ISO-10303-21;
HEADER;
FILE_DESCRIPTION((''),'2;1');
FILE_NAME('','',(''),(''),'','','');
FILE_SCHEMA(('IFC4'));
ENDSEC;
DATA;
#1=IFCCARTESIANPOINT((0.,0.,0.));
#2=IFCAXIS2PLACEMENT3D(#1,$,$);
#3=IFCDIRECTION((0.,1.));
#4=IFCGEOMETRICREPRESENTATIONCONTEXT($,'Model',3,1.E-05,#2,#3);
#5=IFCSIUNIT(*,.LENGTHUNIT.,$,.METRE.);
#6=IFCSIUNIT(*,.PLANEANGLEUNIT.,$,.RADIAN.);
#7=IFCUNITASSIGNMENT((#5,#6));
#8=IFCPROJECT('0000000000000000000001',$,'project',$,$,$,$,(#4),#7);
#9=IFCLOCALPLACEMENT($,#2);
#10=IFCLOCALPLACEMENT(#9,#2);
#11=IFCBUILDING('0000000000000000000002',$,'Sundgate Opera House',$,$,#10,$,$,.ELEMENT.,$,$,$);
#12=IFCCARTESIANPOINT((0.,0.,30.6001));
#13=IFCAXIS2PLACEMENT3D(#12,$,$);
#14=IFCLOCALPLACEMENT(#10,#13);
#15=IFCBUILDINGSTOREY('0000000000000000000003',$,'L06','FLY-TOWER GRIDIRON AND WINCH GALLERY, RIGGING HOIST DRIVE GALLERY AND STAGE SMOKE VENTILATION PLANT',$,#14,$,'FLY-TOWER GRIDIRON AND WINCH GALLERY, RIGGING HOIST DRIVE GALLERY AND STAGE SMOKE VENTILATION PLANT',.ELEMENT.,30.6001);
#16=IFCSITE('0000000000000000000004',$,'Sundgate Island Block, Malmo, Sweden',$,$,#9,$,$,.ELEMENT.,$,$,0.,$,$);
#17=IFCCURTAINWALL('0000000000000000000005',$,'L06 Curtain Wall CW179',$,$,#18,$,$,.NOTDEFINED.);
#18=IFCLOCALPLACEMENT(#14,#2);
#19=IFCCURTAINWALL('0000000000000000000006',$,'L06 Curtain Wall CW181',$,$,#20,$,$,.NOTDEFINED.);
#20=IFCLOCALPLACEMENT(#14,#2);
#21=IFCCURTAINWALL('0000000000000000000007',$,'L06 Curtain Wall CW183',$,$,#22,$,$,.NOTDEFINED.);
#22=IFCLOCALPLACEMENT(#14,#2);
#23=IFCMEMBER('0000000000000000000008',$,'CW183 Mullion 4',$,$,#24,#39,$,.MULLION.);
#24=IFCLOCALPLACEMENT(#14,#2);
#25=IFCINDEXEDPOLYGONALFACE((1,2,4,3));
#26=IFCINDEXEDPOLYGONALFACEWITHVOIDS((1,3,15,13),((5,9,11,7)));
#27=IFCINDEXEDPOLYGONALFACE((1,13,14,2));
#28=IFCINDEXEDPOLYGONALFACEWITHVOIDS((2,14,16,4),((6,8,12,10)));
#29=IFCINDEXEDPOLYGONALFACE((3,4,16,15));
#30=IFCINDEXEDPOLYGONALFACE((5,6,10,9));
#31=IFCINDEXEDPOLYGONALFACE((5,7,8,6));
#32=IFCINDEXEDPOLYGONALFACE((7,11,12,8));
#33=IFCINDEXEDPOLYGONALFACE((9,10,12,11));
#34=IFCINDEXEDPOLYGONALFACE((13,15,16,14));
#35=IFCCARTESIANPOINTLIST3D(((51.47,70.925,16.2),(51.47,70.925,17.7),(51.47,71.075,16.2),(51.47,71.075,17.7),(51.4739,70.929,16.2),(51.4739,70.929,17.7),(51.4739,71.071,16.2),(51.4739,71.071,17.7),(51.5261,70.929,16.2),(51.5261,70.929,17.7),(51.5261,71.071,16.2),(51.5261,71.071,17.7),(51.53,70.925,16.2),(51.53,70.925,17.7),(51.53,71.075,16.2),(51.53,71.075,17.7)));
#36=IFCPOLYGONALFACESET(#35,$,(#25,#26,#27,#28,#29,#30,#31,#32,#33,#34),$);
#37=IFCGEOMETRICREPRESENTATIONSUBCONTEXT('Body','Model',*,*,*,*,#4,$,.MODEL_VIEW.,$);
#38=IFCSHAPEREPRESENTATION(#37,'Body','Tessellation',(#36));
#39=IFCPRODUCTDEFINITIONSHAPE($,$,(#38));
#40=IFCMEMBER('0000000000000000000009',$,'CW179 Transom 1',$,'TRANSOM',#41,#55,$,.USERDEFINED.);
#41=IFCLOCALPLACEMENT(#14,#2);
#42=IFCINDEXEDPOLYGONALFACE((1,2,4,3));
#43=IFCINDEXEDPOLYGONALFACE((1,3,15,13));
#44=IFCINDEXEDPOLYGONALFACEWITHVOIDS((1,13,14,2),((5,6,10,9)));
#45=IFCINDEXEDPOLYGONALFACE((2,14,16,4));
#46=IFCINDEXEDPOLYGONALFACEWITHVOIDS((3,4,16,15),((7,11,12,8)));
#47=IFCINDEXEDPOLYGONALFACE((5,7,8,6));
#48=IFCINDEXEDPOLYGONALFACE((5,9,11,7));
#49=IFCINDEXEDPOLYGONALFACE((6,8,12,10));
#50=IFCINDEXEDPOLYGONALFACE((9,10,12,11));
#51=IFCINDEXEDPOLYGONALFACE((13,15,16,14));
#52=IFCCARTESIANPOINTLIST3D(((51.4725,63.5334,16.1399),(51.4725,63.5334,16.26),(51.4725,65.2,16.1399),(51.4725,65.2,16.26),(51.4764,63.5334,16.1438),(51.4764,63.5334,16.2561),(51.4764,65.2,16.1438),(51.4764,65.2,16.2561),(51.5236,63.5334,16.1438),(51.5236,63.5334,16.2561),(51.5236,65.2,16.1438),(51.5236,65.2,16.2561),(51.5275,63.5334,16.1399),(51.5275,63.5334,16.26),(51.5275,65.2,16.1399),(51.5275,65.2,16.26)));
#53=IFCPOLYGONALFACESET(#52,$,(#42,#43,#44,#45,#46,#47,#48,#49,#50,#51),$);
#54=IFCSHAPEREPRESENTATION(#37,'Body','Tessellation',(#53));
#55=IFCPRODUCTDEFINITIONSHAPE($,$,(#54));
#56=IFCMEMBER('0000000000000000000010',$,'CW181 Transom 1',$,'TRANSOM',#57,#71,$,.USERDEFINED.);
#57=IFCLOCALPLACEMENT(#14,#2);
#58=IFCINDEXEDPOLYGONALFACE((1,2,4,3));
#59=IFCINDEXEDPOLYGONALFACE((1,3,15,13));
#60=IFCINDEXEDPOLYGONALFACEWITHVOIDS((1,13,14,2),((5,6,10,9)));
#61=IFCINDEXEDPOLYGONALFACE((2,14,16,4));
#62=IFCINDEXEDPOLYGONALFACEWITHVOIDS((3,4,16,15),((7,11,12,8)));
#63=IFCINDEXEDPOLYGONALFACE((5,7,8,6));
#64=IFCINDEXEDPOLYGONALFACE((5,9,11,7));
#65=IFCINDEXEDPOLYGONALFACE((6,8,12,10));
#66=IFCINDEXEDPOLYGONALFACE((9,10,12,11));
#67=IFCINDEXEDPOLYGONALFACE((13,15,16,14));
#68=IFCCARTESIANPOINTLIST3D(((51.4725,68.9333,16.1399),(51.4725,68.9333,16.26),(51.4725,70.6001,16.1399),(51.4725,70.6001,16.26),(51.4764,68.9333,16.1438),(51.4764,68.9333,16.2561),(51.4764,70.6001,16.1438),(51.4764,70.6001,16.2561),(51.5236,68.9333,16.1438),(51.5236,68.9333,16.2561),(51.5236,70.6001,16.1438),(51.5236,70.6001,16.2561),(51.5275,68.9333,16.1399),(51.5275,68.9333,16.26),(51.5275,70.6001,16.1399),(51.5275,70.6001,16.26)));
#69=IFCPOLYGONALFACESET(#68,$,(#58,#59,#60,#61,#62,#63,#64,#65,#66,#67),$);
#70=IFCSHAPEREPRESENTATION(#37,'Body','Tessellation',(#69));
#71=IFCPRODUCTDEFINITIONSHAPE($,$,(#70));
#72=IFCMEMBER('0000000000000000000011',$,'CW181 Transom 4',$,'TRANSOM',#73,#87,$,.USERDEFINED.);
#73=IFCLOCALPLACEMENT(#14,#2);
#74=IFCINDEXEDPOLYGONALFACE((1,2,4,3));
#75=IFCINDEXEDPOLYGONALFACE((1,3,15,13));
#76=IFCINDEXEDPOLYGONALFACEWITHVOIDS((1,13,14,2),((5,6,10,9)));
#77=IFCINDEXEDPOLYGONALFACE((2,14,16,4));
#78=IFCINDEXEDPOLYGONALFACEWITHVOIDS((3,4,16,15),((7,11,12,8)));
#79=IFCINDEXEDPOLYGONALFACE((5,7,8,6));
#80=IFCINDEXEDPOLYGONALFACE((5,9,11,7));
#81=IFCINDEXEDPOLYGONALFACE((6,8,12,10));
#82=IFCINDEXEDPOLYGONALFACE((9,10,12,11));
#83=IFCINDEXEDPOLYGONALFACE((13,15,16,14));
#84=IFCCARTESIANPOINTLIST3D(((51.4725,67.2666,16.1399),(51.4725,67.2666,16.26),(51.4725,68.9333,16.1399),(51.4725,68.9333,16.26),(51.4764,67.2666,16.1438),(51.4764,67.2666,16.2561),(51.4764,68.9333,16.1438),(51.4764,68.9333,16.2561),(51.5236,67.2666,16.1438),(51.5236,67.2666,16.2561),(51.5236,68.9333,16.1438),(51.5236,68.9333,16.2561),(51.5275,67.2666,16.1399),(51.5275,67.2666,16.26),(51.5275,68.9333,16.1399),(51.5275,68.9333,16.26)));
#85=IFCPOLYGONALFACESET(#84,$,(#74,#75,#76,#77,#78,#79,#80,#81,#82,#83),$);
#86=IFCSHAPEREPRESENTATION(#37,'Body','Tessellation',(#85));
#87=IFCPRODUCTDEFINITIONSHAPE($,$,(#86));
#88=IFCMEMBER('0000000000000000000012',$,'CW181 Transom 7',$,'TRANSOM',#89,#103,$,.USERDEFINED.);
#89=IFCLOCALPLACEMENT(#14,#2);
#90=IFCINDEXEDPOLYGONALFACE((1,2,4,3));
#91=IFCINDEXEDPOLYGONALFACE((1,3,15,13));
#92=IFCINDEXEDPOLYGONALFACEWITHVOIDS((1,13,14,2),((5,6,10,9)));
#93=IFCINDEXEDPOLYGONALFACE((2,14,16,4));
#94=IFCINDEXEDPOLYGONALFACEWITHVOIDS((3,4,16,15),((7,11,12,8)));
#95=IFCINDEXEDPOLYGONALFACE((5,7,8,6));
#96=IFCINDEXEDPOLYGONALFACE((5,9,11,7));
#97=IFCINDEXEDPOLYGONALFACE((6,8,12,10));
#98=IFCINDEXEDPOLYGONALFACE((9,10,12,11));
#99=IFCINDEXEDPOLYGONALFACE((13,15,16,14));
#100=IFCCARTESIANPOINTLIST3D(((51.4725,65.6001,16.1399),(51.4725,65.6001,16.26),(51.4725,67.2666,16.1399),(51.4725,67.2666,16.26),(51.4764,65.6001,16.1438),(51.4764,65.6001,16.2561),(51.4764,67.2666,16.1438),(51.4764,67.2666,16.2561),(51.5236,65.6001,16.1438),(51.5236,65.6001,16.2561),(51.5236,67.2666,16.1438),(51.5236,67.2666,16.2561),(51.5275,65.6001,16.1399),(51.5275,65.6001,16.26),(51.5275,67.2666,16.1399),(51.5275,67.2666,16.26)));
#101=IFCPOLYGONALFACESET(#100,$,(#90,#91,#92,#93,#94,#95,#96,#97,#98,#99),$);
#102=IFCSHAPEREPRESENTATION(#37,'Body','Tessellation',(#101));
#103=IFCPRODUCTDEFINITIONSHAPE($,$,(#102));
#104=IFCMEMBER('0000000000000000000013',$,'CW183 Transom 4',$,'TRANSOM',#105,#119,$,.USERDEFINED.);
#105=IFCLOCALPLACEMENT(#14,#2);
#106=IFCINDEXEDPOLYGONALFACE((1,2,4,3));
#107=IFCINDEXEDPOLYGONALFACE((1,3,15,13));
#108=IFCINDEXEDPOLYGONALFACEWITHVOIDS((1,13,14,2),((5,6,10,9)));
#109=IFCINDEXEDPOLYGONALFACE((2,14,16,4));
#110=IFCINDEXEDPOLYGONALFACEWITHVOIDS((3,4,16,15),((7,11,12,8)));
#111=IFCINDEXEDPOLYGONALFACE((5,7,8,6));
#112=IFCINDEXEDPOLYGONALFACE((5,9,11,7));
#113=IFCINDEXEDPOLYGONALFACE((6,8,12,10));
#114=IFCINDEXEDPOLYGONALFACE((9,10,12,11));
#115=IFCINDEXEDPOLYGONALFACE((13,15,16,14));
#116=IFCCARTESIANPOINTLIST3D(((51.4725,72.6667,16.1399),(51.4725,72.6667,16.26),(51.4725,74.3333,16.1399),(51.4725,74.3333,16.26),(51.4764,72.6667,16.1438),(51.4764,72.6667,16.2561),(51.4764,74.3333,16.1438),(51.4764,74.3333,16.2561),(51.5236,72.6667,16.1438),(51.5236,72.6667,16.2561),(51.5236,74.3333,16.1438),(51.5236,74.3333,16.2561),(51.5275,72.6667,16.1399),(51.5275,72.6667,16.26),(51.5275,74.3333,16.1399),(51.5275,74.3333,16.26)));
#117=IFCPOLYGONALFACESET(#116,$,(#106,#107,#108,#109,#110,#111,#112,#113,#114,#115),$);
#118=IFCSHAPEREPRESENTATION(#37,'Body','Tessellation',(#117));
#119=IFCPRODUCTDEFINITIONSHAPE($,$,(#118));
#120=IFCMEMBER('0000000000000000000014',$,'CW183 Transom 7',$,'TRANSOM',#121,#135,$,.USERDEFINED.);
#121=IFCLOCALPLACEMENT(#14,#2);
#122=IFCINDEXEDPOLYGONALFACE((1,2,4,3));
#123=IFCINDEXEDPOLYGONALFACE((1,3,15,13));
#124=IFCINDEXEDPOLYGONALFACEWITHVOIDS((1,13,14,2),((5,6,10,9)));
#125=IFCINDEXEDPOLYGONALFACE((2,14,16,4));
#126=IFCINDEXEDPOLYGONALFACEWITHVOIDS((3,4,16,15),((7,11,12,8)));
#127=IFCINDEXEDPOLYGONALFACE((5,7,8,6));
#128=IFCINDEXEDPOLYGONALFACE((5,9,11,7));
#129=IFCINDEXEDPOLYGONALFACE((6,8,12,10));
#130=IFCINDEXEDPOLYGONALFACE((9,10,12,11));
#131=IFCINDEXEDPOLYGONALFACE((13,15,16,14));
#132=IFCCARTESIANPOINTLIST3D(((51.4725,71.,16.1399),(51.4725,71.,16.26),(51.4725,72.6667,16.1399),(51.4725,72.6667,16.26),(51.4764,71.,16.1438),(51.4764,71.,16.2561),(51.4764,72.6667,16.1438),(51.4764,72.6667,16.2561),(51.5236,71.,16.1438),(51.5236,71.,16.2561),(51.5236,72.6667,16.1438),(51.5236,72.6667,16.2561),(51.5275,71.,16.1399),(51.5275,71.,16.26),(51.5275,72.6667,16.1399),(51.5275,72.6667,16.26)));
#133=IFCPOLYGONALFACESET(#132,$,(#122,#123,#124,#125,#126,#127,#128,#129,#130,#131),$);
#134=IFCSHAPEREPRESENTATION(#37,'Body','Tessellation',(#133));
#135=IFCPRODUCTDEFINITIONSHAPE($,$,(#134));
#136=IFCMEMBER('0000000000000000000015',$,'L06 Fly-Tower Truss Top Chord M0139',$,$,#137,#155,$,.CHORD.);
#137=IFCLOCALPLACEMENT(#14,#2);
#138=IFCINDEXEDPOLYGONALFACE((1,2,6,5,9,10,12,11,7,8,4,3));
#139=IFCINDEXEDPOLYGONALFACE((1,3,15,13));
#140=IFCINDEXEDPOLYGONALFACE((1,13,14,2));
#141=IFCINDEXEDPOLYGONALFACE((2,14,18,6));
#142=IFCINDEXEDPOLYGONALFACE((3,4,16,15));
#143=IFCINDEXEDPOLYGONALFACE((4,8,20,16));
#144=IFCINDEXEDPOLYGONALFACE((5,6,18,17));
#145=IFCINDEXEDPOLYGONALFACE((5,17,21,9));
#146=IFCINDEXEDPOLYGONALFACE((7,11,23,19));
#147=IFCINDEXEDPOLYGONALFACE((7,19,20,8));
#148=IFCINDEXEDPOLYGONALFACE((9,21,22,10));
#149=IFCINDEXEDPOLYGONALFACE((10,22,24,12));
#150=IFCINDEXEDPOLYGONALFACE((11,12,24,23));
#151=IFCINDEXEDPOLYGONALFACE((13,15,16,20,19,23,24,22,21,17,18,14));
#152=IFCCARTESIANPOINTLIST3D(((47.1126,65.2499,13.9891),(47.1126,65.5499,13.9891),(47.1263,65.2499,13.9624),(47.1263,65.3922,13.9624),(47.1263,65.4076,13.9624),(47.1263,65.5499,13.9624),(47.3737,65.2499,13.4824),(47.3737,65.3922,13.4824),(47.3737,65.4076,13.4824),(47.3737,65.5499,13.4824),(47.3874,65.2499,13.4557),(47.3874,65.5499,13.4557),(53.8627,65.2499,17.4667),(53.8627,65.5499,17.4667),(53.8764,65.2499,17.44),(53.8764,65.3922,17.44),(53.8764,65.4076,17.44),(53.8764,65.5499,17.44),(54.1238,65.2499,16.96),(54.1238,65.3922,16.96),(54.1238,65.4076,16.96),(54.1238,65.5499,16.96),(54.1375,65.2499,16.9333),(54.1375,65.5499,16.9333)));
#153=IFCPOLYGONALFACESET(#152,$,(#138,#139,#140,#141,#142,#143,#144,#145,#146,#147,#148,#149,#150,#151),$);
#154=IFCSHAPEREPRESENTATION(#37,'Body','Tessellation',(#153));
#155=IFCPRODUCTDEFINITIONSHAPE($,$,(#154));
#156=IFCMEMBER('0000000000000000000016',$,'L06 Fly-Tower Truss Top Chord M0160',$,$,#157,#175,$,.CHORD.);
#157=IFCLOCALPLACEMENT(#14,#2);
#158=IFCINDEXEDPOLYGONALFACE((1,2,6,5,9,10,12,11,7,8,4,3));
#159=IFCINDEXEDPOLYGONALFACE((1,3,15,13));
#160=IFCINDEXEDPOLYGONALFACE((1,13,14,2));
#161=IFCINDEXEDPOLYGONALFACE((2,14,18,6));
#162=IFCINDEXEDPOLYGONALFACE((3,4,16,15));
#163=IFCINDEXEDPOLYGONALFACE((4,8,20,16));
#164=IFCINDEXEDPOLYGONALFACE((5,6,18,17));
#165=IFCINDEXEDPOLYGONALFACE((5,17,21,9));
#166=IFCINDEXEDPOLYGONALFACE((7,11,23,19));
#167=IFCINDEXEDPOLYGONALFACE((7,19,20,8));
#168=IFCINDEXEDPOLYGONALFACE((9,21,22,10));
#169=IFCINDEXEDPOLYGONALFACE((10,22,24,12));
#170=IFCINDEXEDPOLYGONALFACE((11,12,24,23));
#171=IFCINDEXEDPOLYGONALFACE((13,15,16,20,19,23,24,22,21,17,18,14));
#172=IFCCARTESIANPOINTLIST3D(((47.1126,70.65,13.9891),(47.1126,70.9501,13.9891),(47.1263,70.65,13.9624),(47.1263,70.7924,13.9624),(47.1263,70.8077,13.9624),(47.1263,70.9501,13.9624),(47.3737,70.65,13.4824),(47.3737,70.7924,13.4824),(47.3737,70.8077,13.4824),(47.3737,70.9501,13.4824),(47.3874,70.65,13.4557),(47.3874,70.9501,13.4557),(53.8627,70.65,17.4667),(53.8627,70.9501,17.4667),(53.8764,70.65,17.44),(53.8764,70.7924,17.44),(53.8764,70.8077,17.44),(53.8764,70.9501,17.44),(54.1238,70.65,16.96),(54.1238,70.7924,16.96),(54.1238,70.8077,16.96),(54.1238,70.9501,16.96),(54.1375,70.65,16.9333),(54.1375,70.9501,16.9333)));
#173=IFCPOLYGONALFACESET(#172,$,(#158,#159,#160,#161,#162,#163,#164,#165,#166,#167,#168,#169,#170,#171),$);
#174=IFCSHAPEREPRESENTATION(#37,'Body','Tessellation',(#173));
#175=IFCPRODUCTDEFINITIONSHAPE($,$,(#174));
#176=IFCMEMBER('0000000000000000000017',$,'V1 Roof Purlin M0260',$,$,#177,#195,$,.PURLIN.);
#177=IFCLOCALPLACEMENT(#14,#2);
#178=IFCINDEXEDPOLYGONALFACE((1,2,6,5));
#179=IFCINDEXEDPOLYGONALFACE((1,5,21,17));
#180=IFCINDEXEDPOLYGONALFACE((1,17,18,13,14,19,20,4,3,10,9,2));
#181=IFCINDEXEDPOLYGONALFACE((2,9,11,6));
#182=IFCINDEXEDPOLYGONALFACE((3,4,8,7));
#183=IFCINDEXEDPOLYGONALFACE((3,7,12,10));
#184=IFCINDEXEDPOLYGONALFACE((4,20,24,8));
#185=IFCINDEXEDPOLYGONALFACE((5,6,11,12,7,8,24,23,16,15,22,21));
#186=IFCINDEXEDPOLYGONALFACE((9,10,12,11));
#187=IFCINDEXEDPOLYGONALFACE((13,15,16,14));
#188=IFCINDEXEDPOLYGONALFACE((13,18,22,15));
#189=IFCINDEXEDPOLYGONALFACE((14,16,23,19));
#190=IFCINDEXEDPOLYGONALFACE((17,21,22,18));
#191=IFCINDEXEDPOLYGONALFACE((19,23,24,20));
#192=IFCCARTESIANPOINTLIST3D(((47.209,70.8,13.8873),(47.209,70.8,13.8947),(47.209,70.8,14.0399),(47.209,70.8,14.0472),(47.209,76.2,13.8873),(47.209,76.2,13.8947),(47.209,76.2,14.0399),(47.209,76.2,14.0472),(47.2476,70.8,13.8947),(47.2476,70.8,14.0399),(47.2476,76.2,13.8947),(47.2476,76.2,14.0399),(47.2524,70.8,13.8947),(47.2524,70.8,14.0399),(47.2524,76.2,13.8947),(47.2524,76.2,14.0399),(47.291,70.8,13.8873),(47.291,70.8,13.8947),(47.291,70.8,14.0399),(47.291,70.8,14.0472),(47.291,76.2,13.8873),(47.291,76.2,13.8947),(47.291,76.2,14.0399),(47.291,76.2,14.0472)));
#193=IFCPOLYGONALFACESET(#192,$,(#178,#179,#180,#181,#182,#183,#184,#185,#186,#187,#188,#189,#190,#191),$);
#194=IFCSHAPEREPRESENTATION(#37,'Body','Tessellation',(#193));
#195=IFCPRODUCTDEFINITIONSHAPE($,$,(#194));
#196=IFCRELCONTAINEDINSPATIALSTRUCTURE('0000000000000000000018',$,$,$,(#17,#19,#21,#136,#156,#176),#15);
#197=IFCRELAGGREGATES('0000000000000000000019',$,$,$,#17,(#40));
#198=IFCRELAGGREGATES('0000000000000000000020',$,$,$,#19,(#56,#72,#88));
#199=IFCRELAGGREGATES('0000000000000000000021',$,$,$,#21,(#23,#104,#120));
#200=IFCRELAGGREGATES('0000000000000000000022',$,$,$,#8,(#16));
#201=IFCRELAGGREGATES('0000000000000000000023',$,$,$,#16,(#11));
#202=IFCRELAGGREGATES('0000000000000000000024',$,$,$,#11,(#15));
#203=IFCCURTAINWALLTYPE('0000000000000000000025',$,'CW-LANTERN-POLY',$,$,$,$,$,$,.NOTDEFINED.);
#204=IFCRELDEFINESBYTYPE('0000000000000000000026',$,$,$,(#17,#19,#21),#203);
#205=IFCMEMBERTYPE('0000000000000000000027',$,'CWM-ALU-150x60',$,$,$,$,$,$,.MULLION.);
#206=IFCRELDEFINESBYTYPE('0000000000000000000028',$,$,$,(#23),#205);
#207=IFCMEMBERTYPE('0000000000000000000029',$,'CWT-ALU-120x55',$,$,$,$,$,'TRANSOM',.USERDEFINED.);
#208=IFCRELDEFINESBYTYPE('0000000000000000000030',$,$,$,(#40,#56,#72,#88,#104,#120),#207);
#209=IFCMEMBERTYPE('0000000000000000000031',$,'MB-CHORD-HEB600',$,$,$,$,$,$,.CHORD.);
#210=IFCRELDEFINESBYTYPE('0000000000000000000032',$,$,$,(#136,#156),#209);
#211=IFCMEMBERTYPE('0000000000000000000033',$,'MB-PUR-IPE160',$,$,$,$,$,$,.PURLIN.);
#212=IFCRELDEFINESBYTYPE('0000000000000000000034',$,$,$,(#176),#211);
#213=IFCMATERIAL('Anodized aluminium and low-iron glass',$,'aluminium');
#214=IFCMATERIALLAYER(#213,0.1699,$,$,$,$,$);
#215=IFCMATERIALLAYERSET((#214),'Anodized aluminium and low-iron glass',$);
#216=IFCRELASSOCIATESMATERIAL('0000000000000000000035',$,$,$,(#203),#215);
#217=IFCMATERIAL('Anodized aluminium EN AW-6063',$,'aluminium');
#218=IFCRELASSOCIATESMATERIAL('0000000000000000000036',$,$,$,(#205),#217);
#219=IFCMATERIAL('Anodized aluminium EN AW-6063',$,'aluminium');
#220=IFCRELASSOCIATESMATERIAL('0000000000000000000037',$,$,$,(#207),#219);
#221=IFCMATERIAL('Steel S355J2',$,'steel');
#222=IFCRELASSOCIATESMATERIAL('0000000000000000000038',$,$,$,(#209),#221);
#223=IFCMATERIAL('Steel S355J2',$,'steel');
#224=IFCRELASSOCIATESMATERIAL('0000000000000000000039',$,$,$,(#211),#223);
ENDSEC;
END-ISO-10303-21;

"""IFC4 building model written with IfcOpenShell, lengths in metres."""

from ifc_helpers import new_model, si_unit, direction, frame, origin, origin_2d, place, context, subcontext, project, spatial, hollow_rectangle, i_section, extrude, material, layer, layer_set, material_profile, profile_set, type_object, element, aggregate, save


model = new_model("IFC4")

# Units and contexts
model_context = context("Model", 3, precision=1e-05, world=origin(), true_north=direction((0.0, 1.0)))
body_context = subcontext(model_context, "Body", "Model", "MODEL_VIEW")
ifc_project = project(units=[si_unit("LENGTHUNIT", "METRE"), si_unit("PLANEANGLEUNIT", "RADIAN")], contexts=[model_context])

# Site, building, storey
site_placement = place(None, origin())
site = spatial("IfcSite", under=ifc_project, at=site_placement, Name="Sundgate Island Block, Malmo, Sweden", CompositionType="ELEMENT", RefElevation=0.0)
building_placement = place(site_placement, origin())
building = spatial("IfcBuilding", under=site, at=building_placement, Name="Sundgate Opera House", CompositionType="ELEMENT")
storey_placement = place(building_placement, frame((0.0, 0.0, 30.6001)))
storey = spatial("IfcBuildingStorey", under=building, at=storey_placement, Name="L06", Description="FLY-TOWER GRIDIRON AND WINCH GALLERY, RIGGING HOIST DRIVE GALLERY AND STAGE SMOKE VENTILATION PLANT", LongName="FLY-TOWER GRIDIRON AND WINCH GALLERY, RIGGING HOIST DRIVE GALLERY AND STAGE SMOKE VENTILATION PLANT", CompositionType="ELEMENT", Elevation=30.6001)

# Curtain wall
ifc_material_1 = material(Name="Anodized aluminium and low-iron glass", Category="aluminium")
ifc_layer_1 = layer(ifc_material_1, 0.1699)
ifc_layer_set_1 = layer_set([ifc_layer_1], Name="Anodized aluminium and low-iron glass")
curtain_wall_type = type_object("IfcCurtainWallType", Name="CW-LANTERN-POLY", PredefinedType="NOTDEFINED", material=ifc_layer_set_1)
curtain_wall_1_placement = place(storey_placement, origin())
curtain_wall_1 = element("IfcCurtainWall", 1, at=curtain_wall_1_placement, inside=storey, type_object=curtain_wall_type, Name="L06 Curtain Wall CW179", PredefinedType="NOTDEFINED")
ifc_material_2 = material(Name="Anodized aluminium EN AW-6063", Category="aluminium")
ifc_material_profile_1 = material_profile(ifc_material_2, hollow_rectangle(XDim=0.0601, YDim=0.1499, WallThickness=0.0039, at=origin_2d()), Name="CWM 150x60x4")
ifc_profile_set_1 = profile_set([ifc_material_profile_1], Name="Anodized aluminium EN AW-6063")
member_type_1 = type_object("IfcMemberType", Name="CWM-ALU-150x60", PredefinedType="MULLION", material=ifc_profile_set_1)

# Curtain walls, member
curtain_wall_2_placement = place(storey_placement, origin())
curtain_wall_2 = element("IfcCurtainWall", 2, at=curtain_wall_2_placement, inside=storey, type_object=curtain_wall_type, Name="L06 Curtain Wall CW181", PredefinedType="NOTDEFINED")
curtain_wall_3_placement = place(storey_placement, origin())
curtain_wall_3 = element("IfcCurtainWall", 3, at=curtain_wall_3_placement, inside=storey, type_object=curtain_wall_type, Name="L06 Curtain Wall CW183", PredefinedType="NOTDEFINED")
member_1_placement = place(storey_placement, frame((51.5, 71.0, 16.2), z_axis=(0.0, 0.0, 1.0), x_axis=(1.0, 0.0, 0.0)))
member_1 = element("IfcMember", 4, at=member_1_placement, type_object=member_type_1, Name="CW183 Mullion 4", PredefinedType="MULLION", context=body_context, shape_type="SweptSolid", body=[
    extrude(hollow_rectangle(XDim=0.0601, YDim=0.1499, WallThickness=0.0039, at=origin_2d()), origin(), (0.0, 0.0, 1.0), 1.5),
])

# Members
ifc_material_3 = material(Name="Anodized aluminium EN AW-6063", Category="aluminium")
ifc_material_profile_2 = material_profile(ifc_material_3, hollow_rectangle(XDim=0.0549, YDim=0.1201, WallThickness=0.0039, at=origin_2d()), Name="CWT 120x55x4")
ifc_profile_set_2 = profile_set([ifc_material_profile_2], Name="Anodized aluminium EN AW-6063")
member_type_2 = type_object("IfcMemberType", Name="CWT-ALU-120x55", ElementType="TRANSOM", PredefinedType="USERDEFINED", material=ifc_profile_set_2)
member_2_placement = place(storey_placement, frame((51.5, 65.2, 16.2), z_axis=(0.0, -1.0, 0.0), x_axis=(1.0, 0.0, 0.0)))
member_2 = element("IfcMember", 5, at=member_2_placement, type_object=member_type_2, Name="CW179 Transom 1", ObjectType="TRANSOM", PredefinedType="USERDEFINED", context=body_context, shape_type="SweptSolid", body=[
    extrude(hollow_rectangle(XDim=0.0549, YDim=0.1201, WallThickness=0.0039, at=origin_2d()), origin(), (0.0, 0.0, 1.0), 1.6665),
])
aggregate(curtain_wall_1, [member_2])
member_3_placement = place(storey_placement, frame((51.5, 70.6001, 16.2), z_axis=(0.0, -1.0, 0.0), x_axis=(1.0, 0.0, 0.0)))
member_3 = element("IfcMember", 6, at=member_3_placement, type_object=member_type_2, Name="CW181 Transom 1", ObjectType="TRANSOM", PredefinedType="USERDEFINED", context=body_context, shape_type="SweptSolid", body=[
    extrude(hollow_rectangle(XDim=0.0549, YDim=0.1201, WallThickness=0.0039, at=origin_2d()), origin(), (0.0, 0.0, 1.0), 1.6667),
])
member_4_placement = place(storey_placement, frame((51.5, 68.9333, 16.2), z_axis=(0.0, -1.0, 0.0), x_axis=(1.0, 0.0, 0.0)))
member_4 = element("IfcMember", 7, at=member_4_placement, type_object=member_type_2, Name="CW181 Transom 4", ObjectType="TRANSOM", PredefinedType="USERDEFINED", context=body_context, shape_type="SweptSolid", body=[
    extrude(hollow_rectangle(XDim=0.0549, YDim=0.1201, WallThickness=0.0039, at=origin_2d()), origin(), (0.0, 0.0, 1.0), 1.6667),
])
member_5_placement = place(storey_placement, frame((51.5, 67.2666, 16.2), z_axis=(0.0, -1.0, 0.0), x_axis=(1.0, 0.0, 0.0)))
member_5 = element("IfcMember", 8, at=member_5_placement, type_object=member_type_2, Name="CW181 Transom 7", ObjectType="TRANSOM", PredefinedType="USERDEFINED", context=body_context, shape_type="SweptSolid", body=[
    extrude(hollow_rectangle(XDim=0.0549, YDim=0.1201, WallThickness=0.0039, at=origin_2d()), origin(), (0.0, 0.0, 1.0), 1.6665),
])
aggregate(curtain_wall_2, [member_3, member_4, member_5])
member_6_placement = place(storey_placement, frame((51.5, 74.3333, 16.2), z_axis=(0.0, -1.0, 0.0), x_axis=(1.0, 0.0, 0.0)))
member_6 = element("IfcMember", 9, at=member_6_placement, type_object=member_type_2, Name="CW183 Transom 4", ObjectType="TRANSOM", PredefinedType="USERDEFINED", context=body_context, shape_type="SweptSolid", body=[
    extrude(hollow_rectangle(XDim=0.0549, YDim=0.1201, WallThickness=0.0039, at=origin_2d()), origin(), (0.0, 0.0, 1.0), 1.6665),
])
member_7_placement = place(storey_placement, frame((51.5, 72.6667, 16.2), z_axis=(0.0, -1.0, 0.0), x_axis=(1.0, 0.0, 0.0)))
member_7 = element("IfcMember", 10, at=member_7_placement, type_object=member_type_2, Name="CW183 Transom 7", ObjectType="TRANSOM", PredefinedType="USERDEFINED", context=body_context, shape_type="SweptSolid", body=[
    extrude(hollow_rectangle(XDim=0.0549, YDim=0.1201, WallThickness=0.0039, at=origin_2d()), origin(), (0.0, 0.0, 1.0), 1.6667),
])
aggregate(curtain_wall_3, [member_1, member_6, member_7])

# Members
ifc_material_4 = material(Name="Steel S355J2", Category="steel")
ifc_material_profile_3 = material_profile(ifc_material_4, i_section(OverallWidth=0.3, OverallDepth=0.6001, WebThickness=0.0154, FlangeThickness=0.03, at=origin_2d()), Name="HEB 600")
ifc_profile_set_3 = profile_set([ifc_material_profile_3], Name="Steel S355J2")
member_type_3 = type_object("IfcMemberType", Name="MB-CHORD-HEB600", PredefinedType="CHORD", material=ifc_profile_set_3)
for number, where, z_axis, x_axis, name in (
    (11, (47.25, 65.3999, 13.7224), (0.88896, 0.0, 0.457984), (0.0, 1.0, 0.0), "L06 Fly-Tower Truss Top Chord M0139"),
    (12, (47.25, 70.8, 13.7224), (0.88896, 0.0, 0.457984), (0.0, 1.0, 0.0), "L06 Fly-Tower Truss Top Chord M0160"),
):
    element("IfcMember", number, at=place(storey_placement, frame(where, z_axis=z_axis, x_axis=x_axis)), inside=storey, type_object=member_type_3, Name=name, PredefinedType="CHORD", context=body_context, shape_type="SweptSolid", body=[
        extrude(i_section(OverallWidth=0.3, OverallDepth=0.6001, WebThickness=0.0154, FlangeThickness=0.03, at=origin_2d()), origin(), (0.0, 0.0, 1.0), 7.5933),
    ])
ifc_material_5 = material(Name="Steel S355J2", Category="steel")
ifc_material_profile_4 = material_profile(ifc_material_5, i_section(OverallWidth=0.082, OverallDepth=0.1599, WebThickness=0.0049, FlangeThickness=0.0073, at=origin_2d()), Name="IPE 160")
ifc_profile_set_4 = profile_set([ifc_material_profile_4], Name="Steel S355J2")
member_type_4 = type_object("IfcMemberType", Name="MB-PUR-IPE160", PredefinedType="PURLIN", material=ifc_profile_set_4)
member_8_placement = place(storey_placement, frame((47.25, 70.8, 13.9673), z_axis=(0.0, 1.0, 0.0), x_axis=(-1.0, 0.0, 0.0)))
element("IfcMember", 13, at=member_8_placement, inside=storey, type_object=member_type_4, Name="V1 Roof Purlin M0260", PredefinedType="PURLIN", context=body_context, shape_type="SweptSolid", body=[
    extrude(i_section(OverallWidth=0.082, OverallDepth=0.1599, WebThickness=0.0049, FlangeThickness=0.0073, at=origin_2d()), origin(), (0.0, 0.0, 1.0), 5.3999),
])

save(model, "model.ifc")
